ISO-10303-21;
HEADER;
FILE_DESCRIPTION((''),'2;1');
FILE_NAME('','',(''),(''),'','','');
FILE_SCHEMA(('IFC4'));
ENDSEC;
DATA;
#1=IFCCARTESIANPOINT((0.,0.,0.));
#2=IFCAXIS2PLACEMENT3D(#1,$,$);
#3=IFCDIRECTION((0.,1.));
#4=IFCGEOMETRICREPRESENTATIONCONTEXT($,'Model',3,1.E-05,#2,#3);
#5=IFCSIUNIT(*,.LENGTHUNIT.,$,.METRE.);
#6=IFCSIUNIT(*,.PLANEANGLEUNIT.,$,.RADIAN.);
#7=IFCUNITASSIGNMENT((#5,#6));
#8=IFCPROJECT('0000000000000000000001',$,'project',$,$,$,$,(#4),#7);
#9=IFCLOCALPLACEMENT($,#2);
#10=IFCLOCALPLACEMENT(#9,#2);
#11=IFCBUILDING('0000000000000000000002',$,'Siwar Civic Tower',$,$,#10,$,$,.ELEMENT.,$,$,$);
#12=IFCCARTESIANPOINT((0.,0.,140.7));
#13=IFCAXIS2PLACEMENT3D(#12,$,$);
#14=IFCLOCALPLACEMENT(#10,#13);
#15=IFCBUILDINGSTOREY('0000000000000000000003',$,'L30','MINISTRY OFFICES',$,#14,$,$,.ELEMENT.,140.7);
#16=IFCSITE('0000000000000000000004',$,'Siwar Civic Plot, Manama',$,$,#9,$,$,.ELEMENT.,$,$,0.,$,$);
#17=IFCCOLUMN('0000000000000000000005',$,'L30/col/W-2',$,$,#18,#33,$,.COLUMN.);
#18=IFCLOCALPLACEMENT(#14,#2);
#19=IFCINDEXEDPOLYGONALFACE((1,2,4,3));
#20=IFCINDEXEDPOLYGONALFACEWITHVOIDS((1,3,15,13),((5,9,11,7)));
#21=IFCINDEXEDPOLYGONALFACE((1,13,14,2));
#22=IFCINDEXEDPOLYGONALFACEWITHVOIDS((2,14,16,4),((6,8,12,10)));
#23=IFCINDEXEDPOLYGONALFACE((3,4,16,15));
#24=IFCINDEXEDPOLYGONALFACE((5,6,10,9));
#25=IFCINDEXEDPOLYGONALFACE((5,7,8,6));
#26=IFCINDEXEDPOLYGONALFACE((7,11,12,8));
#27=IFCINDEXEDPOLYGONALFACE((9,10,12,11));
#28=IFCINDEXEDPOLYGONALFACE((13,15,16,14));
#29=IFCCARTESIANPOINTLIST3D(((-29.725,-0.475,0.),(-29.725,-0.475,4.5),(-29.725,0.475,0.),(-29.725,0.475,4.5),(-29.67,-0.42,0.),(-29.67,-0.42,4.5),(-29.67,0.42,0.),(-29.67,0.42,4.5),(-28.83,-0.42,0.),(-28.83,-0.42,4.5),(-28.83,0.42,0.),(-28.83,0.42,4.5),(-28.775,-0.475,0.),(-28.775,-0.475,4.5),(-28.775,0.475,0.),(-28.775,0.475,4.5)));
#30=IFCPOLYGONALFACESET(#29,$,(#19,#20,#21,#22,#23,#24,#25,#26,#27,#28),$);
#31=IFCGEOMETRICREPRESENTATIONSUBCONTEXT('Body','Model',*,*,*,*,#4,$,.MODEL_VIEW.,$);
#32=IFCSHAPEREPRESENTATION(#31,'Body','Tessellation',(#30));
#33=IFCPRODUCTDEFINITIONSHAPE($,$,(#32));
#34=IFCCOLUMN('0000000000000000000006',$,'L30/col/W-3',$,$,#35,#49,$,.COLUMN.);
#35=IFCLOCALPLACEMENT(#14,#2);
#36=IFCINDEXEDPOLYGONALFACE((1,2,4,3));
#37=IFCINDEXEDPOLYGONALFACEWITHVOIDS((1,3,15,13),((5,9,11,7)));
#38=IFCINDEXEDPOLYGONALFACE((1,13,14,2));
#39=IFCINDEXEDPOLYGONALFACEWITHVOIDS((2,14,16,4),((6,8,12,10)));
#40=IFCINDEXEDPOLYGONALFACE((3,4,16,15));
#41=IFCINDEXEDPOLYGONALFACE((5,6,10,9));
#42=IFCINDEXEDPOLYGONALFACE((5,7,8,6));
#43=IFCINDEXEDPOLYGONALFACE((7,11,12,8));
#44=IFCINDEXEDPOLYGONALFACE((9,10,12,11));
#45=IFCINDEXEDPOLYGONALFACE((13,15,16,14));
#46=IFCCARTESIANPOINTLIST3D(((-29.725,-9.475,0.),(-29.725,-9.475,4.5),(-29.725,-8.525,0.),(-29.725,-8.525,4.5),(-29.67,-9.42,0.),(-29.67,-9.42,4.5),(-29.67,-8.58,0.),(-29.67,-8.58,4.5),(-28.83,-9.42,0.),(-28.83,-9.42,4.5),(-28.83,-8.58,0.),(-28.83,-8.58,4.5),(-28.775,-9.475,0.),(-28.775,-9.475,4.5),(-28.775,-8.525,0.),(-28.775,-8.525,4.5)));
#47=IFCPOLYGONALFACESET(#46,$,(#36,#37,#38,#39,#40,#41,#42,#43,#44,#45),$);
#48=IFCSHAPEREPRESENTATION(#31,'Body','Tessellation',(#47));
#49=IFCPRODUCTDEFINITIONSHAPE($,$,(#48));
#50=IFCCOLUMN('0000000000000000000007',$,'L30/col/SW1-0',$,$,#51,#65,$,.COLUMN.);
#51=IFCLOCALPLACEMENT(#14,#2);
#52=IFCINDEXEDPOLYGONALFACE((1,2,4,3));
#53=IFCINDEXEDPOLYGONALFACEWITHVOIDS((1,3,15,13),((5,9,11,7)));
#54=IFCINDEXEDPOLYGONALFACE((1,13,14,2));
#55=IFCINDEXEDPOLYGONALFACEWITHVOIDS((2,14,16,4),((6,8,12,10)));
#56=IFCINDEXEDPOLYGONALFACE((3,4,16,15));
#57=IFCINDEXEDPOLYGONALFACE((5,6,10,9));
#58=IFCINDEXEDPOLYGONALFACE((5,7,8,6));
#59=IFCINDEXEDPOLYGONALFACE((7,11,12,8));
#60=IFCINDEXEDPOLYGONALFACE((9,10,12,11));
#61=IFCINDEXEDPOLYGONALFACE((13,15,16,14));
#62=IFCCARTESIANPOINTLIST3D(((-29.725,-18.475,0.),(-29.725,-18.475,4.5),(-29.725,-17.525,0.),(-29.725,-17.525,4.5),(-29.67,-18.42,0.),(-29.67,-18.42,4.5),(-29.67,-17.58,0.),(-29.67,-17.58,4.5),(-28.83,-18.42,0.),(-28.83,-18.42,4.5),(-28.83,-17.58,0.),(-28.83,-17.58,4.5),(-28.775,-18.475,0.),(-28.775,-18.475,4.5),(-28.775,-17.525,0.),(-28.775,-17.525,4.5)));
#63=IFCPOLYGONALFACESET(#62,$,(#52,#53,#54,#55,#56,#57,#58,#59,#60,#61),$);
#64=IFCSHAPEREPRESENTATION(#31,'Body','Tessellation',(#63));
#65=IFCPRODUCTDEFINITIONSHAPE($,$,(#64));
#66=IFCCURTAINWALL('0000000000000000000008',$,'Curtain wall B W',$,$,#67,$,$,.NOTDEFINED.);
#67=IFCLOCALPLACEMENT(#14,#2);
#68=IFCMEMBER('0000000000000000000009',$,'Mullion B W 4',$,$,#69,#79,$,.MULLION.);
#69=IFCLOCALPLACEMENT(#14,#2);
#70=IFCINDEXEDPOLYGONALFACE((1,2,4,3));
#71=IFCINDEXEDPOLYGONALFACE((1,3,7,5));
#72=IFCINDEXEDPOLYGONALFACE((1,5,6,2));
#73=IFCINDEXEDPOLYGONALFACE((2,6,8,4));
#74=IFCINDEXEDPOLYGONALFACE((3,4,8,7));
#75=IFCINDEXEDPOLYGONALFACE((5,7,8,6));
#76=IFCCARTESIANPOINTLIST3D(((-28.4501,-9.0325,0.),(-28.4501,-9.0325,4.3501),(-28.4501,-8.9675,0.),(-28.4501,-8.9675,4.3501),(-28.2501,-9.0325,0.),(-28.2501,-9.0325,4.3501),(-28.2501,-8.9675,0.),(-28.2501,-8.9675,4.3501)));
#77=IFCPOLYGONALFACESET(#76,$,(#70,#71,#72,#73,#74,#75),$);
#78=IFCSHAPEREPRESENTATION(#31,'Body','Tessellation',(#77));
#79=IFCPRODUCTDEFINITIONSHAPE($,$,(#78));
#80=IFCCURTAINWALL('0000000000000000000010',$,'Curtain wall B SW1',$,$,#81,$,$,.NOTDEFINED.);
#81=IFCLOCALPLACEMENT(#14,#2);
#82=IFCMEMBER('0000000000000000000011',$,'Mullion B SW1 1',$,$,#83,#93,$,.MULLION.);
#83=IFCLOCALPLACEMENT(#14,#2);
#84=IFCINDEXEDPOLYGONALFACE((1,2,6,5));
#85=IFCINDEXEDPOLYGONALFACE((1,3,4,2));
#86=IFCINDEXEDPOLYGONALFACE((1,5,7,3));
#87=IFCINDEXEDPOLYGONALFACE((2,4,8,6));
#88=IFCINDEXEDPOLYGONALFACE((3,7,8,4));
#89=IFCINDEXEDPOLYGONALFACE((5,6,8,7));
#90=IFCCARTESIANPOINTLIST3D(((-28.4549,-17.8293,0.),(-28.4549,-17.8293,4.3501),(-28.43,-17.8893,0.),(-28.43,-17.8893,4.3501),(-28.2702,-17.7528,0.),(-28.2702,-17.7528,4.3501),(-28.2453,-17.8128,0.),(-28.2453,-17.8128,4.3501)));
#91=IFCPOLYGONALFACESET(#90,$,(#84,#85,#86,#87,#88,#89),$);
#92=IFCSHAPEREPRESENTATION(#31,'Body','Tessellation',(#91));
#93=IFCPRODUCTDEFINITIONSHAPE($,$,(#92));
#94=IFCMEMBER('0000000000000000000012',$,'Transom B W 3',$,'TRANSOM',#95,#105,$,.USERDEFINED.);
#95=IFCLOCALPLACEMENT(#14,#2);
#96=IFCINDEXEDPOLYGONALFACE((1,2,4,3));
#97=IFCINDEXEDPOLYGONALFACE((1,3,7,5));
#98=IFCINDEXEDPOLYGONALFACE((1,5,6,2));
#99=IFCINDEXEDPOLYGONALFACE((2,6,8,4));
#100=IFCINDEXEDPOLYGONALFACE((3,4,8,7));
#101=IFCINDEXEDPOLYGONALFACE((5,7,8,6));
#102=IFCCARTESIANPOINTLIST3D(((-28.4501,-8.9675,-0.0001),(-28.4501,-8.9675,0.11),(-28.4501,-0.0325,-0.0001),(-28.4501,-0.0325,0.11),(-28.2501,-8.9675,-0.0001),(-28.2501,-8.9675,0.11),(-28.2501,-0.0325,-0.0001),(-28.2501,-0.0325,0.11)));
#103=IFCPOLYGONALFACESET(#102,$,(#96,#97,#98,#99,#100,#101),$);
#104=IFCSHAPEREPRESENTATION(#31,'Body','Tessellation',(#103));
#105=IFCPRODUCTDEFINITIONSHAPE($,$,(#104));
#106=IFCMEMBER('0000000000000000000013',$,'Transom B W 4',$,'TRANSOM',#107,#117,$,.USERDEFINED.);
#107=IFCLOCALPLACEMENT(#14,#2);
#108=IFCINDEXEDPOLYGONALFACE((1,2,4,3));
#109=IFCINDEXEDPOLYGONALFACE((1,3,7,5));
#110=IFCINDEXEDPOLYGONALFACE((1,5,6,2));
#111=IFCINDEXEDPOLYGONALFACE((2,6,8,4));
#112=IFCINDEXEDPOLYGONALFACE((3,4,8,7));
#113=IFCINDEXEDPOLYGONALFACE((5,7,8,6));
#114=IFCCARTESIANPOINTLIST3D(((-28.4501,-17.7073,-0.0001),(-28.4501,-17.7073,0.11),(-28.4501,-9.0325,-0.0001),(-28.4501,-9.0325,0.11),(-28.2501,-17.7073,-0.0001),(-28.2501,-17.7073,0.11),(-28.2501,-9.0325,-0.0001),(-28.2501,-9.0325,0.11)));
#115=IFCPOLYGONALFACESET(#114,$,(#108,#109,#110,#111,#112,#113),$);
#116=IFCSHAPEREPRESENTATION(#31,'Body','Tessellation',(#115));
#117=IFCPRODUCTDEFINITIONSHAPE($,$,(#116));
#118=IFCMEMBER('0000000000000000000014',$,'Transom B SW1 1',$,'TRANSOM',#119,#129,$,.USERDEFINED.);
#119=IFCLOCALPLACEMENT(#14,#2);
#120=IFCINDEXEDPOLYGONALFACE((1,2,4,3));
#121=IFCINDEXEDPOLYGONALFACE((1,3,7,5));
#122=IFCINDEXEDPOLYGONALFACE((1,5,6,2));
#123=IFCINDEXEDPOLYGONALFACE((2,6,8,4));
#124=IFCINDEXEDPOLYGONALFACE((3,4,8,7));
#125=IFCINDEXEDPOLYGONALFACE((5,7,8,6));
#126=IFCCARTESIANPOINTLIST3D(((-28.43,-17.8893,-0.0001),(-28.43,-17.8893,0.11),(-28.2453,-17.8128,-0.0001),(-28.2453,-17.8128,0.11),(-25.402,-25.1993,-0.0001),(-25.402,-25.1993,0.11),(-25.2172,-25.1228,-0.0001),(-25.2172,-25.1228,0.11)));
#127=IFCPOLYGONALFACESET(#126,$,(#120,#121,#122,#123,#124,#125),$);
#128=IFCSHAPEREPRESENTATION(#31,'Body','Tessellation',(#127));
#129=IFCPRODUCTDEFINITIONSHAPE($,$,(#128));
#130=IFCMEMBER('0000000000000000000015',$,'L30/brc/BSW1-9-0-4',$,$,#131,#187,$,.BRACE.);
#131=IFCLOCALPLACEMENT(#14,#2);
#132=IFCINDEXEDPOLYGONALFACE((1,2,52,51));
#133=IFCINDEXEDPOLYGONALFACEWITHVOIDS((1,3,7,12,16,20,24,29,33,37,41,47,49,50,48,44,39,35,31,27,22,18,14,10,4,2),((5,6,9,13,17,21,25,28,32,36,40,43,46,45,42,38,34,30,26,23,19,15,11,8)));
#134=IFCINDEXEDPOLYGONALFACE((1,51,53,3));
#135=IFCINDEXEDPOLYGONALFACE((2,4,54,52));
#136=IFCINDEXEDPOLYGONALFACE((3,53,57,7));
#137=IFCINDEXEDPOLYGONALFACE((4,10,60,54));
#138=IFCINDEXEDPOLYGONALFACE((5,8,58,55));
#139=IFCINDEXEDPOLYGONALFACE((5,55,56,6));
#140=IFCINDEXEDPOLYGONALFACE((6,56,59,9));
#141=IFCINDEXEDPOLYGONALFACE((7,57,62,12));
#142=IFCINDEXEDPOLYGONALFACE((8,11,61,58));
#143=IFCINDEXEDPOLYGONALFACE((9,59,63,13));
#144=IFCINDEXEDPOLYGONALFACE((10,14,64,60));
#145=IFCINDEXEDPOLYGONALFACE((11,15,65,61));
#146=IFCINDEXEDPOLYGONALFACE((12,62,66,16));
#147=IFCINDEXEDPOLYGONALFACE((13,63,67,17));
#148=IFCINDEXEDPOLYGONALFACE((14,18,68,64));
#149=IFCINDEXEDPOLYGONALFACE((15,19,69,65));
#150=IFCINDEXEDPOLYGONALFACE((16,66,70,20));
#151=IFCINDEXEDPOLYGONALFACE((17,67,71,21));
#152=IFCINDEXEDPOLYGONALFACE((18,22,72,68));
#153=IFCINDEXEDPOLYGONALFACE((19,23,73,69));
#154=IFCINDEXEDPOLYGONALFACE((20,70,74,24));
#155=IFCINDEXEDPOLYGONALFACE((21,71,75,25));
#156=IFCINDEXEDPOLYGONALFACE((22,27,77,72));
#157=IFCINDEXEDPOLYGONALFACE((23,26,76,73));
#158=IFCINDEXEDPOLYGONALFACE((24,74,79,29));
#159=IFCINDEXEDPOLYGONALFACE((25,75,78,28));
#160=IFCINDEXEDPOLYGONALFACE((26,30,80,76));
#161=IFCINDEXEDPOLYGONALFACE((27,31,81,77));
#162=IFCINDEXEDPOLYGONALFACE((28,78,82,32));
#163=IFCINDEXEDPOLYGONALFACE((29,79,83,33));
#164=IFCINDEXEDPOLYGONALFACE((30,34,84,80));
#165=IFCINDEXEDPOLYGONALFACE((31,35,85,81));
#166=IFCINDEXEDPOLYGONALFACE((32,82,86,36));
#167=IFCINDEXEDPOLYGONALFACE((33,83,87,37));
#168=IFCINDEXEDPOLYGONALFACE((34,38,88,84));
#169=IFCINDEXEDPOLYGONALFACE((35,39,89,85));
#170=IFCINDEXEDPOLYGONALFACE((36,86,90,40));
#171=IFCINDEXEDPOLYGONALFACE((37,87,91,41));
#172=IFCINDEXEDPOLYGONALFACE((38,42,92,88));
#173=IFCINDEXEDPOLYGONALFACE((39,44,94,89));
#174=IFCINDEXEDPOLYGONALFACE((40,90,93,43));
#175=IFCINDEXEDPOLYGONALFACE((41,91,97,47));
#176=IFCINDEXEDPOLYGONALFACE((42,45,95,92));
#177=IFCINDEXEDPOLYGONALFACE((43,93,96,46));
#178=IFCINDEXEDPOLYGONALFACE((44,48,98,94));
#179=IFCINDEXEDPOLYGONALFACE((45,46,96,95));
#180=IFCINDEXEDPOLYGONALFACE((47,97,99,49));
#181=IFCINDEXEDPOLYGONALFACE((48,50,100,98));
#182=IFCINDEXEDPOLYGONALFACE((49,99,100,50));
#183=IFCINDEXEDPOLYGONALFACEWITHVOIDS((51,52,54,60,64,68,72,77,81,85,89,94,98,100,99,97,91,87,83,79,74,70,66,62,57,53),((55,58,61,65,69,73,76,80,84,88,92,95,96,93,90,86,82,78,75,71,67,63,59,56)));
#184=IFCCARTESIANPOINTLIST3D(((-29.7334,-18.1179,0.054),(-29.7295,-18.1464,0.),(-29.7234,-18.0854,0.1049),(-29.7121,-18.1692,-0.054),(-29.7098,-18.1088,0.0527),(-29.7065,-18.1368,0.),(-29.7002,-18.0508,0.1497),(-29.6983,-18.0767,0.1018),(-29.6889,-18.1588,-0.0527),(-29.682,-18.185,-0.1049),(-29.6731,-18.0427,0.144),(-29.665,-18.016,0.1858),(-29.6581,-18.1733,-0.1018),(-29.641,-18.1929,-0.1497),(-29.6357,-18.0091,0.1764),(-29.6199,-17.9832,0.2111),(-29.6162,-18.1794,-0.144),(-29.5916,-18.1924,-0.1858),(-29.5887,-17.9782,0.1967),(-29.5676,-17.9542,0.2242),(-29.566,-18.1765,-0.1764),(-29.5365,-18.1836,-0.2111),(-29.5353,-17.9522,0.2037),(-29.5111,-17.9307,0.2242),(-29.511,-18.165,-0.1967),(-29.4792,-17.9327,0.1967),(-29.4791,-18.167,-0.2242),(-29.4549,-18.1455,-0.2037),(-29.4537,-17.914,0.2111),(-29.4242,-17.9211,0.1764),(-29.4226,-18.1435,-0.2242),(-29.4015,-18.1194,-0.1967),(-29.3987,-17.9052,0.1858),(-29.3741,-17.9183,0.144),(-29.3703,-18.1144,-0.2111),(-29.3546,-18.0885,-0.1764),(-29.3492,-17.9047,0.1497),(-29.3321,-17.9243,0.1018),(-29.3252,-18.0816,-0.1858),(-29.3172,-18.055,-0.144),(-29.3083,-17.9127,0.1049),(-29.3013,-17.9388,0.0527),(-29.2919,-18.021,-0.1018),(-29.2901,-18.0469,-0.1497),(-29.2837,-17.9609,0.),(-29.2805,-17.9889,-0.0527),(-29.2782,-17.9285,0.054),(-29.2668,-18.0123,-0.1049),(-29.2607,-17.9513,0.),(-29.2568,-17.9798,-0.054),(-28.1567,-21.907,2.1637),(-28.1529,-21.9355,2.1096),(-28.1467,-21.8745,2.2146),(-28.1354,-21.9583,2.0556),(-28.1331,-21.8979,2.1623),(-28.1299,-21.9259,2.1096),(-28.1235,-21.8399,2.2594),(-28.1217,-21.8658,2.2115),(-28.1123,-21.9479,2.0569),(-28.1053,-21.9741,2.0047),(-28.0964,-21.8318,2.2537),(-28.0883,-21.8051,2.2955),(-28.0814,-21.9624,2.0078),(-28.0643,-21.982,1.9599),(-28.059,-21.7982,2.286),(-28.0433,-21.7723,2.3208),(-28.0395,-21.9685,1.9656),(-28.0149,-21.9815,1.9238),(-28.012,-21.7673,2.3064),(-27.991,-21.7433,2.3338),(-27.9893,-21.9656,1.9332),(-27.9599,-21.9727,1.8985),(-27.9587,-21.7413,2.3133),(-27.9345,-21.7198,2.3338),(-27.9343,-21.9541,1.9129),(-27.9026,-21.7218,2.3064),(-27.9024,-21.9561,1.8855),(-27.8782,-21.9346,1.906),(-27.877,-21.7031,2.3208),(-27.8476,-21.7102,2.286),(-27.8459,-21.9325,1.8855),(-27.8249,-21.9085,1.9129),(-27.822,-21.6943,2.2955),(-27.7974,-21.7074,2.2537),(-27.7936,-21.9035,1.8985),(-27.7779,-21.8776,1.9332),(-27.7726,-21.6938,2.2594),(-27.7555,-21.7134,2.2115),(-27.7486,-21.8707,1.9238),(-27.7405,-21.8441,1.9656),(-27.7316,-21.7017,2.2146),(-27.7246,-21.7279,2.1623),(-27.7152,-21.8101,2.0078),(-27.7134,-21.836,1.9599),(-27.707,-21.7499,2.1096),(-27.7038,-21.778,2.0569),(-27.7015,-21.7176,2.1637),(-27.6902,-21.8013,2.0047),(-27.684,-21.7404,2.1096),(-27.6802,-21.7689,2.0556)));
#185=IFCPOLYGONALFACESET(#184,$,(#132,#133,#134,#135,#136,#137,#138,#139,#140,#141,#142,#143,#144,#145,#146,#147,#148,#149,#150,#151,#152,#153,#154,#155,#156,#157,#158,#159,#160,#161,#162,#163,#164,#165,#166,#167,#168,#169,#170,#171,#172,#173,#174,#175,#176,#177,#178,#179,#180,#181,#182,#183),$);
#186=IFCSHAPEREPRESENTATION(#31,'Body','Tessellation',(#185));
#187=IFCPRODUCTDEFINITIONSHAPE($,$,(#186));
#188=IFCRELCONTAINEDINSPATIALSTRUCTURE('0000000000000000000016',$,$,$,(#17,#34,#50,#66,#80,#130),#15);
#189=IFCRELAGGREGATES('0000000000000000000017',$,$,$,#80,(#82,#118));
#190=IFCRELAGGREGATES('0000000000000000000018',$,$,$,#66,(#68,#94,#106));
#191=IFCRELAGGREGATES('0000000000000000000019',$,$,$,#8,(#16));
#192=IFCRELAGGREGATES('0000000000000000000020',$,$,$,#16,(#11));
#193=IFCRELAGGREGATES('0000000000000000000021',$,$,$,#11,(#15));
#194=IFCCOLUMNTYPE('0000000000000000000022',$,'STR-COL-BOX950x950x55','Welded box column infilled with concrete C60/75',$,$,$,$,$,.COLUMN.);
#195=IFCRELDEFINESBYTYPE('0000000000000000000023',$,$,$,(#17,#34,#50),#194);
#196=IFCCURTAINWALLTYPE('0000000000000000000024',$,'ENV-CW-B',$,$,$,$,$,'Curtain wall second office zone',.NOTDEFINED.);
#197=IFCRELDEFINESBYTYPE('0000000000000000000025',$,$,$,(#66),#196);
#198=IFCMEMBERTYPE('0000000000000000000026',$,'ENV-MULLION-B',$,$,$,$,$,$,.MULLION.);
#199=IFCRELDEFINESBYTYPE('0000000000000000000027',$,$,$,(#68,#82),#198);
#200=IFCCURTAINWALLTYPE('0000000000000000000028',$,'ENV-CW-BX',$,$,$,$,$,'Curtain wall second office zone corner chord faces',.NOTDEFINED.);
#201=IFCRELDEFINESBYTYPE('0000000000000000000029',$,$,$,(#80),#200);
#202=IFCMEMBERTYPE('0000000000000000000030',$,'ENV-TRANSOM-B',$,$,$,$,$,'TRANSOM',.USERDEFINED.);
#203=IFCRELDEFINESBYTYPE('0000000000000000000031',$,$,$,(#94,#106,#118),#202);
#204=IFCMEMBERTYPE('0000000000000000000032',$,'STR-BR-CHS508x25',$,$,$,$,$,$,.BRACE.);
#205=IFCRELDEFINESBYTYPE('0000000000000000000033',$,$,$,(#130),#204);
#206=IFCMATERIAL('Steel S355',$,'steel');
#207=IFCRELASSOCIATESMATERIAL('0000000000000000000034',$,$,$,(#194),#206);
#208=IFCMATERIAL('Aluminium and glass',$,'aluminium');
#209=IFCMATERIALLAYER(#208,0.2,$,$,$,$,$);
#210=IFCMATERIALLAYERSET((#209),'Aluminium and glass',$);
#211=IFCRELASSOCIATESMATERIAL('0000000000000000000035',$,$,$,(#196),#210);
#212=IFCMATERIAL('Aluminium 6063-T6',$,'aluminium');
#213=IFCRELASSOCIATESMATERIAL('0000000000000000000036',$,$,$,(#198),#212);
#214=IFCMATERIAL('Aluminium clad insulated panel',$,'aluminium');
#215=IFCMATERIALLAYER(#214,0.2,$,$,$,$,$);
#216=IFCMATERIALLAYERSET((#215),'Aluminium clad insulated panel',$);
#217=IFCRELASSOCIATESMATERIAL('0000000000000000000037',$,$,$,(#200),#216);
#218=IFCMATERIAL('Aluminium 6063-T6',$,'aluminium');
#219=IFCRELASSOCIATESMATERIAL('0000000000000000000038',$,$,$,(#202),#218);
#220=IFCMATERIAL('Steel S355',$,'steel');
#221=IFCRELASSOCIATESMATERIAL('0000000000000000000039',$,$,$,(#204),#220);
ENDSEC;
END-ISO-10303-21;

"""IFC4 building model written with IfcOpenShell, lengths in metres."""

from ifc_helpers import new_model, si_unit, direction, frame, origin, origin_2d, place, context, subcontext, project, spatial, rectangle, hollow_rectangle, hollow_circle, extrude, material, layer, layer_set, material_profile, profile_set, type_object, element, aggregate, save


model = new_model("IFC4")

# Units and contexts
model_context = context("Model", 3, precision=1e-05, world=origin(), true_north=direction((0.0, 1.0)))
body_context = subcontext(model_context, "Body", "Model", "MODEL_VIEW")
ifc_project = project(units=[si_unit("LENGTHUNIT", "METRE"), si_unit("PLANEANGLEUNIT", "RADIAN")], contexts=[model_context])

# Site, building, storey
site_placement = place(None, origin())
site = spatial("IfcSite", under=ifc_project, at=site_placement, Name="Siwar Civic Plot, Manama", CompositionType="ELEMENT", RefElevation=0.0)
building_placement = place(site_placement, origin())
building = spatial("IfcBuilding", under=site, at=building_placement, Name="Siwar Civic Tower", CompositionType="ELEMENT")
storey_placement = place(building_placement, frame((0.0, 0.0, 140.7)))
storey = spatial("IfcBuildingStorey", under=building, at=storey_placement, Name="L30", Description="MINISTRY OFFICES", CompositionType="ELEMENT", Elevation=140.7)

# Columns
ifc_material_1 = material(Name="Steel S355", Category="steel")
ifc_material_profile_1 = material_profile(ifc_material_1, hollow_rectangle(XDim=0.95, YDim=0.95, WallThickness=0.0549, at=origin_2d()), Name="BOX950x950x55")
ifc_profile_set_1 = profile_set([ifc_material_profile_1], Name="Steel S355")
column_type = type_object("IfcColumnType", Name="STR-COL-BOX950x950x55", Description="Welded box column infilled with concrete C60/75", PredefinedType="COLUMN", material=ifc_profile_set_1)
for number, where, z_axis, x_axis, name in (
    (1, (-29.25, 0.0, 0.0), (0.0, 0.0, 1.0), (1.0, 0.0, 0.0), "L30/col/W-2"),
    (2, (-29.25, -9.0, 0.0), (0.0, 0.0, 1.0), (1.0, 0.0, 0.0), "L30/col/W-3"),
    (3, (-29.25, -18.0, 0.0), (0.0, 0.0, 1.0), (1.0, 0.0, 0.0), "L30/col/SW1-0"),
):
    element("IfcColumn", number, at=place(storey_placement, frame(where, z_axis=z_axis, x_axis=x_axis)), inside=storey, type_object=column_type, Name=name, PredefinedType="COLUMN", context=body_context, shape_type="SweptSolid", body=[
        extrude(hollow_rectangle(XDim=0.95, YDim=0.95, WallThickness=0.0549, at=origin_2d()), origin(), (0.0, 0.0, 1.0), 4.5),
    ])

# Curtain walls, members
ifc_material_2 = material(Name="Aluminium and glass", Category="aluminium")
ifc_layer_1 = layer(ifc_material_2, 0.2)
ifc_layer_set_1 = layer_set([ifc_layer_1], Name="Aluminium and glass")
curtain_wall_type_1 = type_object("IfcCurtainWallType", Name="ENV-CW-B", ElementType="Curtain wall second office zone", PredefinedType="NOTDEFINED", material=ifc_layer_set_1)
curtain_wall_1_placement = place(storey_placement, origin())
curtain_wall_1 = element("IfcCurtainWall", 4, at=curtain_wall_1_placement, inside=storey, type_object=curtain_wall_type_1, Name="Curtain wall B W", PredefinedType="NOTDEFINED")
ifc_material_3 = material(Name="Aluminium 6063-T6", Category="aluminium")
ifc_material_profile_2 = material_profile(ifc_material_3, rectangle(XDim=0.2, YDim=0.0649, at=origin_2d()), Name="AL 200x65")
ifc_profile_set_2 = profile_set([ifc_material_profile_2], Name="Aluminium 6063-T6")
member_type_1 = type_object("IfcMemberType", Name="ENV-MULLION-B", PredefinedType="MULLION", material=ifc_profile_set_2)
member_1_placement = place(storey_placement, frame((-28.3501, -9.0, 0.0), z_axis=(0.0, 0.0, 1.0), x_axis=(1.0, 0.0, 0.0)))
member_1 = element("IfcMember", 5, at=member_1_placement, type_object=member_type_1, Name="Mullion B W 4", PredefinedType="MULLION", context=body_context, shape_type="SweptSolid", body=[
    extrude(rectangle(XDim=0.2, YDim=0.0649, at=origin_2d()), origin(), (0.0, 0.0, 1.0), 4.3501),
])
ifc_material_4 = material(Name="Aluminium clad insulated panel", Category="aluminium")
ifc_layer_2 = layer(ifc_material_4, 0.2)
ifc_layer_set_2 = layer_set([ifc_layer_2], Name="Aluminium clad insulated panel")
curtain_wall_type_2 = type_object("IfcCurtainWallType", Name="ENV-CW-BX", ElementType="Curtain wall second office zone corner chord faces", PredefinedType="NOTDEFINED", material=ifc_layer_set_2)
curtain_wall_2_placement = place(storey_placement, origin())
curtain_wall_2 = element("IfcCurtainWall", 6, at=curtain_wall_2_placement, inside=storey, type_object=curtain_wall_type_2, Name="Curtain wall B SW1", PredefinedType="NOTDEFINED")
member_2_placement = place(storey_placement, frame((-28.3501, -17.821, 0.0), z_axis=(0.0, 0.0, 1.0), x_axis=(0.92388, 0.382683, 0.0)))
member_2 = element("IfcMember", 7, at=member_2_placement, type_object=member_type_1, Name="Mullion B SW1 1", PredefinedType="MULLION", context=body_context, shape_type="SweptSolid", body=[
    extrude(rectangle(XDim=0.2, YDim=0.0649, at=origin_2d()), origin(), (0.0, 0.0, 1.0), 4.3501),
])

# Members
ifc_material_5 = material(Name="Aluminium 6063-T6", Category="aluminium")
ifc_material_profile_3 = material_profile(ifc_material_5, rectangle(XDim=0.2, YDim=0.1101, at=origin_2d()), Name="AL 200x110")
ifc_profile_set_3 = profile_set([ifc_material_profile_3], Name="Aluminium 6063-T6")
member_type_2 = type_object("IfcMemberType", Name="ENV-TRANSOM-B", ElementType="TRANSOM", PredefinedType="USERDEFINED", material=ifc_profile_set_3)
member_3_placement = place(storey_placement, frame((-28.3501, -0.0325, 0.0549), z_axis=(0.0, -1.0, 0.0), x_axis=(1.0, 0.0, 0.0)))
member_3 = element("IfcMember", 8, at=member_3_placement, type_object=member_type_2, Name="Transom B W 3", ObjectType="TRANSOM", PredefinedType="USERDEFINED", context=body_context, shape_type="SweptSolid", body=[
    extrude(rectangle(XDim=0.2, YDim=0.1101, at=origin_2d()), origin(), (0.0, 0.0, 1.0), 8.9351),
])
member_4_placement = place(storey_placement, frame((-28.3501, -9.0325, 0.0549), z_axis=(0.0, -1.0, 0.0), x_axis=(1.0, 0.0, 0.0)))
member_4 = element("IfcMember", 9, at=member_4_placement, type_object=member_type_2, Name="Transom B W 4", ObjectType="TRANSOM", PredefinedType="USERDEFINED", context=body_context, shape_type="SweptSolid", body=[
    extrude(rectangle(XDim=0.2, YDim=0.1101, at=origin_2d()), origin(), (0.0, 0.0, 1.0), 8.6748),
])
member_5_placement = place(storey_placement, frame((-28.3376, -17.8511, 0.0549), z_axis=(0.3827, -0.923873, 0.0), x_axis=(0.923873, 0.3827, 0.0)))
member_5 = element("IfcMember", 10, at=member_5_placement, type_object=member_type_2, Name="Transom B SW1 1", ObjectType="TRANSOM", PredefinedType="USERDEFINED", context=body_context, shape_type="SweptSolid", body=[
    extrude(rectangle(XDim=0.2, YDim=0.1101, at=origin_2d()), origin(), (0.0, 0.0, 1.0), 7.9124),
])
aggregate(curtain_wall_2, [member_2, member_5])
ifc_material_6 = material(Name="Steel S355", Category="steel")
ifc_material_profile_4 = material_profile(ifc_material_6, hollow_circle(Radius=0.2539, WallThickness=0.0249, at=origin_2d()), Name="CHS508x25")
ifc_profile_set_4 = profile_set([ifc_material_profile_4], Name="Steel S355")
member_type_3 = type_object("IfcMemberType", Name="STR-BR-CHS508x25", PredefinedType="BRACE", material=ifc_profile_set_4)
member_6_placement = place(storey_placement, frame((-29.4951, -18.0488, 0.0), z_axis=(0.341677, -0.821126, 0.457175), x_axis=(0.92326, 0.384176, 0.0)))
element("IfcMember", 11, at=member_6_placement, inside=storey, type_object=member_type_3, Name="L30/brc/BSW1-9-0-4", PredefinedType="BRACE", context=body_context, shape_type="SweptSolid", body=[
    extrude(hollow_circle(Radius=0.2539, WallThickness=0.0249, at=origin_2d()), origin(), (0.0, 0.0, 1.0), 4.6145),
])

aggregate(curtain_wall_1, [member_1, member_3, member_4])

save(model, "model.ifc")
